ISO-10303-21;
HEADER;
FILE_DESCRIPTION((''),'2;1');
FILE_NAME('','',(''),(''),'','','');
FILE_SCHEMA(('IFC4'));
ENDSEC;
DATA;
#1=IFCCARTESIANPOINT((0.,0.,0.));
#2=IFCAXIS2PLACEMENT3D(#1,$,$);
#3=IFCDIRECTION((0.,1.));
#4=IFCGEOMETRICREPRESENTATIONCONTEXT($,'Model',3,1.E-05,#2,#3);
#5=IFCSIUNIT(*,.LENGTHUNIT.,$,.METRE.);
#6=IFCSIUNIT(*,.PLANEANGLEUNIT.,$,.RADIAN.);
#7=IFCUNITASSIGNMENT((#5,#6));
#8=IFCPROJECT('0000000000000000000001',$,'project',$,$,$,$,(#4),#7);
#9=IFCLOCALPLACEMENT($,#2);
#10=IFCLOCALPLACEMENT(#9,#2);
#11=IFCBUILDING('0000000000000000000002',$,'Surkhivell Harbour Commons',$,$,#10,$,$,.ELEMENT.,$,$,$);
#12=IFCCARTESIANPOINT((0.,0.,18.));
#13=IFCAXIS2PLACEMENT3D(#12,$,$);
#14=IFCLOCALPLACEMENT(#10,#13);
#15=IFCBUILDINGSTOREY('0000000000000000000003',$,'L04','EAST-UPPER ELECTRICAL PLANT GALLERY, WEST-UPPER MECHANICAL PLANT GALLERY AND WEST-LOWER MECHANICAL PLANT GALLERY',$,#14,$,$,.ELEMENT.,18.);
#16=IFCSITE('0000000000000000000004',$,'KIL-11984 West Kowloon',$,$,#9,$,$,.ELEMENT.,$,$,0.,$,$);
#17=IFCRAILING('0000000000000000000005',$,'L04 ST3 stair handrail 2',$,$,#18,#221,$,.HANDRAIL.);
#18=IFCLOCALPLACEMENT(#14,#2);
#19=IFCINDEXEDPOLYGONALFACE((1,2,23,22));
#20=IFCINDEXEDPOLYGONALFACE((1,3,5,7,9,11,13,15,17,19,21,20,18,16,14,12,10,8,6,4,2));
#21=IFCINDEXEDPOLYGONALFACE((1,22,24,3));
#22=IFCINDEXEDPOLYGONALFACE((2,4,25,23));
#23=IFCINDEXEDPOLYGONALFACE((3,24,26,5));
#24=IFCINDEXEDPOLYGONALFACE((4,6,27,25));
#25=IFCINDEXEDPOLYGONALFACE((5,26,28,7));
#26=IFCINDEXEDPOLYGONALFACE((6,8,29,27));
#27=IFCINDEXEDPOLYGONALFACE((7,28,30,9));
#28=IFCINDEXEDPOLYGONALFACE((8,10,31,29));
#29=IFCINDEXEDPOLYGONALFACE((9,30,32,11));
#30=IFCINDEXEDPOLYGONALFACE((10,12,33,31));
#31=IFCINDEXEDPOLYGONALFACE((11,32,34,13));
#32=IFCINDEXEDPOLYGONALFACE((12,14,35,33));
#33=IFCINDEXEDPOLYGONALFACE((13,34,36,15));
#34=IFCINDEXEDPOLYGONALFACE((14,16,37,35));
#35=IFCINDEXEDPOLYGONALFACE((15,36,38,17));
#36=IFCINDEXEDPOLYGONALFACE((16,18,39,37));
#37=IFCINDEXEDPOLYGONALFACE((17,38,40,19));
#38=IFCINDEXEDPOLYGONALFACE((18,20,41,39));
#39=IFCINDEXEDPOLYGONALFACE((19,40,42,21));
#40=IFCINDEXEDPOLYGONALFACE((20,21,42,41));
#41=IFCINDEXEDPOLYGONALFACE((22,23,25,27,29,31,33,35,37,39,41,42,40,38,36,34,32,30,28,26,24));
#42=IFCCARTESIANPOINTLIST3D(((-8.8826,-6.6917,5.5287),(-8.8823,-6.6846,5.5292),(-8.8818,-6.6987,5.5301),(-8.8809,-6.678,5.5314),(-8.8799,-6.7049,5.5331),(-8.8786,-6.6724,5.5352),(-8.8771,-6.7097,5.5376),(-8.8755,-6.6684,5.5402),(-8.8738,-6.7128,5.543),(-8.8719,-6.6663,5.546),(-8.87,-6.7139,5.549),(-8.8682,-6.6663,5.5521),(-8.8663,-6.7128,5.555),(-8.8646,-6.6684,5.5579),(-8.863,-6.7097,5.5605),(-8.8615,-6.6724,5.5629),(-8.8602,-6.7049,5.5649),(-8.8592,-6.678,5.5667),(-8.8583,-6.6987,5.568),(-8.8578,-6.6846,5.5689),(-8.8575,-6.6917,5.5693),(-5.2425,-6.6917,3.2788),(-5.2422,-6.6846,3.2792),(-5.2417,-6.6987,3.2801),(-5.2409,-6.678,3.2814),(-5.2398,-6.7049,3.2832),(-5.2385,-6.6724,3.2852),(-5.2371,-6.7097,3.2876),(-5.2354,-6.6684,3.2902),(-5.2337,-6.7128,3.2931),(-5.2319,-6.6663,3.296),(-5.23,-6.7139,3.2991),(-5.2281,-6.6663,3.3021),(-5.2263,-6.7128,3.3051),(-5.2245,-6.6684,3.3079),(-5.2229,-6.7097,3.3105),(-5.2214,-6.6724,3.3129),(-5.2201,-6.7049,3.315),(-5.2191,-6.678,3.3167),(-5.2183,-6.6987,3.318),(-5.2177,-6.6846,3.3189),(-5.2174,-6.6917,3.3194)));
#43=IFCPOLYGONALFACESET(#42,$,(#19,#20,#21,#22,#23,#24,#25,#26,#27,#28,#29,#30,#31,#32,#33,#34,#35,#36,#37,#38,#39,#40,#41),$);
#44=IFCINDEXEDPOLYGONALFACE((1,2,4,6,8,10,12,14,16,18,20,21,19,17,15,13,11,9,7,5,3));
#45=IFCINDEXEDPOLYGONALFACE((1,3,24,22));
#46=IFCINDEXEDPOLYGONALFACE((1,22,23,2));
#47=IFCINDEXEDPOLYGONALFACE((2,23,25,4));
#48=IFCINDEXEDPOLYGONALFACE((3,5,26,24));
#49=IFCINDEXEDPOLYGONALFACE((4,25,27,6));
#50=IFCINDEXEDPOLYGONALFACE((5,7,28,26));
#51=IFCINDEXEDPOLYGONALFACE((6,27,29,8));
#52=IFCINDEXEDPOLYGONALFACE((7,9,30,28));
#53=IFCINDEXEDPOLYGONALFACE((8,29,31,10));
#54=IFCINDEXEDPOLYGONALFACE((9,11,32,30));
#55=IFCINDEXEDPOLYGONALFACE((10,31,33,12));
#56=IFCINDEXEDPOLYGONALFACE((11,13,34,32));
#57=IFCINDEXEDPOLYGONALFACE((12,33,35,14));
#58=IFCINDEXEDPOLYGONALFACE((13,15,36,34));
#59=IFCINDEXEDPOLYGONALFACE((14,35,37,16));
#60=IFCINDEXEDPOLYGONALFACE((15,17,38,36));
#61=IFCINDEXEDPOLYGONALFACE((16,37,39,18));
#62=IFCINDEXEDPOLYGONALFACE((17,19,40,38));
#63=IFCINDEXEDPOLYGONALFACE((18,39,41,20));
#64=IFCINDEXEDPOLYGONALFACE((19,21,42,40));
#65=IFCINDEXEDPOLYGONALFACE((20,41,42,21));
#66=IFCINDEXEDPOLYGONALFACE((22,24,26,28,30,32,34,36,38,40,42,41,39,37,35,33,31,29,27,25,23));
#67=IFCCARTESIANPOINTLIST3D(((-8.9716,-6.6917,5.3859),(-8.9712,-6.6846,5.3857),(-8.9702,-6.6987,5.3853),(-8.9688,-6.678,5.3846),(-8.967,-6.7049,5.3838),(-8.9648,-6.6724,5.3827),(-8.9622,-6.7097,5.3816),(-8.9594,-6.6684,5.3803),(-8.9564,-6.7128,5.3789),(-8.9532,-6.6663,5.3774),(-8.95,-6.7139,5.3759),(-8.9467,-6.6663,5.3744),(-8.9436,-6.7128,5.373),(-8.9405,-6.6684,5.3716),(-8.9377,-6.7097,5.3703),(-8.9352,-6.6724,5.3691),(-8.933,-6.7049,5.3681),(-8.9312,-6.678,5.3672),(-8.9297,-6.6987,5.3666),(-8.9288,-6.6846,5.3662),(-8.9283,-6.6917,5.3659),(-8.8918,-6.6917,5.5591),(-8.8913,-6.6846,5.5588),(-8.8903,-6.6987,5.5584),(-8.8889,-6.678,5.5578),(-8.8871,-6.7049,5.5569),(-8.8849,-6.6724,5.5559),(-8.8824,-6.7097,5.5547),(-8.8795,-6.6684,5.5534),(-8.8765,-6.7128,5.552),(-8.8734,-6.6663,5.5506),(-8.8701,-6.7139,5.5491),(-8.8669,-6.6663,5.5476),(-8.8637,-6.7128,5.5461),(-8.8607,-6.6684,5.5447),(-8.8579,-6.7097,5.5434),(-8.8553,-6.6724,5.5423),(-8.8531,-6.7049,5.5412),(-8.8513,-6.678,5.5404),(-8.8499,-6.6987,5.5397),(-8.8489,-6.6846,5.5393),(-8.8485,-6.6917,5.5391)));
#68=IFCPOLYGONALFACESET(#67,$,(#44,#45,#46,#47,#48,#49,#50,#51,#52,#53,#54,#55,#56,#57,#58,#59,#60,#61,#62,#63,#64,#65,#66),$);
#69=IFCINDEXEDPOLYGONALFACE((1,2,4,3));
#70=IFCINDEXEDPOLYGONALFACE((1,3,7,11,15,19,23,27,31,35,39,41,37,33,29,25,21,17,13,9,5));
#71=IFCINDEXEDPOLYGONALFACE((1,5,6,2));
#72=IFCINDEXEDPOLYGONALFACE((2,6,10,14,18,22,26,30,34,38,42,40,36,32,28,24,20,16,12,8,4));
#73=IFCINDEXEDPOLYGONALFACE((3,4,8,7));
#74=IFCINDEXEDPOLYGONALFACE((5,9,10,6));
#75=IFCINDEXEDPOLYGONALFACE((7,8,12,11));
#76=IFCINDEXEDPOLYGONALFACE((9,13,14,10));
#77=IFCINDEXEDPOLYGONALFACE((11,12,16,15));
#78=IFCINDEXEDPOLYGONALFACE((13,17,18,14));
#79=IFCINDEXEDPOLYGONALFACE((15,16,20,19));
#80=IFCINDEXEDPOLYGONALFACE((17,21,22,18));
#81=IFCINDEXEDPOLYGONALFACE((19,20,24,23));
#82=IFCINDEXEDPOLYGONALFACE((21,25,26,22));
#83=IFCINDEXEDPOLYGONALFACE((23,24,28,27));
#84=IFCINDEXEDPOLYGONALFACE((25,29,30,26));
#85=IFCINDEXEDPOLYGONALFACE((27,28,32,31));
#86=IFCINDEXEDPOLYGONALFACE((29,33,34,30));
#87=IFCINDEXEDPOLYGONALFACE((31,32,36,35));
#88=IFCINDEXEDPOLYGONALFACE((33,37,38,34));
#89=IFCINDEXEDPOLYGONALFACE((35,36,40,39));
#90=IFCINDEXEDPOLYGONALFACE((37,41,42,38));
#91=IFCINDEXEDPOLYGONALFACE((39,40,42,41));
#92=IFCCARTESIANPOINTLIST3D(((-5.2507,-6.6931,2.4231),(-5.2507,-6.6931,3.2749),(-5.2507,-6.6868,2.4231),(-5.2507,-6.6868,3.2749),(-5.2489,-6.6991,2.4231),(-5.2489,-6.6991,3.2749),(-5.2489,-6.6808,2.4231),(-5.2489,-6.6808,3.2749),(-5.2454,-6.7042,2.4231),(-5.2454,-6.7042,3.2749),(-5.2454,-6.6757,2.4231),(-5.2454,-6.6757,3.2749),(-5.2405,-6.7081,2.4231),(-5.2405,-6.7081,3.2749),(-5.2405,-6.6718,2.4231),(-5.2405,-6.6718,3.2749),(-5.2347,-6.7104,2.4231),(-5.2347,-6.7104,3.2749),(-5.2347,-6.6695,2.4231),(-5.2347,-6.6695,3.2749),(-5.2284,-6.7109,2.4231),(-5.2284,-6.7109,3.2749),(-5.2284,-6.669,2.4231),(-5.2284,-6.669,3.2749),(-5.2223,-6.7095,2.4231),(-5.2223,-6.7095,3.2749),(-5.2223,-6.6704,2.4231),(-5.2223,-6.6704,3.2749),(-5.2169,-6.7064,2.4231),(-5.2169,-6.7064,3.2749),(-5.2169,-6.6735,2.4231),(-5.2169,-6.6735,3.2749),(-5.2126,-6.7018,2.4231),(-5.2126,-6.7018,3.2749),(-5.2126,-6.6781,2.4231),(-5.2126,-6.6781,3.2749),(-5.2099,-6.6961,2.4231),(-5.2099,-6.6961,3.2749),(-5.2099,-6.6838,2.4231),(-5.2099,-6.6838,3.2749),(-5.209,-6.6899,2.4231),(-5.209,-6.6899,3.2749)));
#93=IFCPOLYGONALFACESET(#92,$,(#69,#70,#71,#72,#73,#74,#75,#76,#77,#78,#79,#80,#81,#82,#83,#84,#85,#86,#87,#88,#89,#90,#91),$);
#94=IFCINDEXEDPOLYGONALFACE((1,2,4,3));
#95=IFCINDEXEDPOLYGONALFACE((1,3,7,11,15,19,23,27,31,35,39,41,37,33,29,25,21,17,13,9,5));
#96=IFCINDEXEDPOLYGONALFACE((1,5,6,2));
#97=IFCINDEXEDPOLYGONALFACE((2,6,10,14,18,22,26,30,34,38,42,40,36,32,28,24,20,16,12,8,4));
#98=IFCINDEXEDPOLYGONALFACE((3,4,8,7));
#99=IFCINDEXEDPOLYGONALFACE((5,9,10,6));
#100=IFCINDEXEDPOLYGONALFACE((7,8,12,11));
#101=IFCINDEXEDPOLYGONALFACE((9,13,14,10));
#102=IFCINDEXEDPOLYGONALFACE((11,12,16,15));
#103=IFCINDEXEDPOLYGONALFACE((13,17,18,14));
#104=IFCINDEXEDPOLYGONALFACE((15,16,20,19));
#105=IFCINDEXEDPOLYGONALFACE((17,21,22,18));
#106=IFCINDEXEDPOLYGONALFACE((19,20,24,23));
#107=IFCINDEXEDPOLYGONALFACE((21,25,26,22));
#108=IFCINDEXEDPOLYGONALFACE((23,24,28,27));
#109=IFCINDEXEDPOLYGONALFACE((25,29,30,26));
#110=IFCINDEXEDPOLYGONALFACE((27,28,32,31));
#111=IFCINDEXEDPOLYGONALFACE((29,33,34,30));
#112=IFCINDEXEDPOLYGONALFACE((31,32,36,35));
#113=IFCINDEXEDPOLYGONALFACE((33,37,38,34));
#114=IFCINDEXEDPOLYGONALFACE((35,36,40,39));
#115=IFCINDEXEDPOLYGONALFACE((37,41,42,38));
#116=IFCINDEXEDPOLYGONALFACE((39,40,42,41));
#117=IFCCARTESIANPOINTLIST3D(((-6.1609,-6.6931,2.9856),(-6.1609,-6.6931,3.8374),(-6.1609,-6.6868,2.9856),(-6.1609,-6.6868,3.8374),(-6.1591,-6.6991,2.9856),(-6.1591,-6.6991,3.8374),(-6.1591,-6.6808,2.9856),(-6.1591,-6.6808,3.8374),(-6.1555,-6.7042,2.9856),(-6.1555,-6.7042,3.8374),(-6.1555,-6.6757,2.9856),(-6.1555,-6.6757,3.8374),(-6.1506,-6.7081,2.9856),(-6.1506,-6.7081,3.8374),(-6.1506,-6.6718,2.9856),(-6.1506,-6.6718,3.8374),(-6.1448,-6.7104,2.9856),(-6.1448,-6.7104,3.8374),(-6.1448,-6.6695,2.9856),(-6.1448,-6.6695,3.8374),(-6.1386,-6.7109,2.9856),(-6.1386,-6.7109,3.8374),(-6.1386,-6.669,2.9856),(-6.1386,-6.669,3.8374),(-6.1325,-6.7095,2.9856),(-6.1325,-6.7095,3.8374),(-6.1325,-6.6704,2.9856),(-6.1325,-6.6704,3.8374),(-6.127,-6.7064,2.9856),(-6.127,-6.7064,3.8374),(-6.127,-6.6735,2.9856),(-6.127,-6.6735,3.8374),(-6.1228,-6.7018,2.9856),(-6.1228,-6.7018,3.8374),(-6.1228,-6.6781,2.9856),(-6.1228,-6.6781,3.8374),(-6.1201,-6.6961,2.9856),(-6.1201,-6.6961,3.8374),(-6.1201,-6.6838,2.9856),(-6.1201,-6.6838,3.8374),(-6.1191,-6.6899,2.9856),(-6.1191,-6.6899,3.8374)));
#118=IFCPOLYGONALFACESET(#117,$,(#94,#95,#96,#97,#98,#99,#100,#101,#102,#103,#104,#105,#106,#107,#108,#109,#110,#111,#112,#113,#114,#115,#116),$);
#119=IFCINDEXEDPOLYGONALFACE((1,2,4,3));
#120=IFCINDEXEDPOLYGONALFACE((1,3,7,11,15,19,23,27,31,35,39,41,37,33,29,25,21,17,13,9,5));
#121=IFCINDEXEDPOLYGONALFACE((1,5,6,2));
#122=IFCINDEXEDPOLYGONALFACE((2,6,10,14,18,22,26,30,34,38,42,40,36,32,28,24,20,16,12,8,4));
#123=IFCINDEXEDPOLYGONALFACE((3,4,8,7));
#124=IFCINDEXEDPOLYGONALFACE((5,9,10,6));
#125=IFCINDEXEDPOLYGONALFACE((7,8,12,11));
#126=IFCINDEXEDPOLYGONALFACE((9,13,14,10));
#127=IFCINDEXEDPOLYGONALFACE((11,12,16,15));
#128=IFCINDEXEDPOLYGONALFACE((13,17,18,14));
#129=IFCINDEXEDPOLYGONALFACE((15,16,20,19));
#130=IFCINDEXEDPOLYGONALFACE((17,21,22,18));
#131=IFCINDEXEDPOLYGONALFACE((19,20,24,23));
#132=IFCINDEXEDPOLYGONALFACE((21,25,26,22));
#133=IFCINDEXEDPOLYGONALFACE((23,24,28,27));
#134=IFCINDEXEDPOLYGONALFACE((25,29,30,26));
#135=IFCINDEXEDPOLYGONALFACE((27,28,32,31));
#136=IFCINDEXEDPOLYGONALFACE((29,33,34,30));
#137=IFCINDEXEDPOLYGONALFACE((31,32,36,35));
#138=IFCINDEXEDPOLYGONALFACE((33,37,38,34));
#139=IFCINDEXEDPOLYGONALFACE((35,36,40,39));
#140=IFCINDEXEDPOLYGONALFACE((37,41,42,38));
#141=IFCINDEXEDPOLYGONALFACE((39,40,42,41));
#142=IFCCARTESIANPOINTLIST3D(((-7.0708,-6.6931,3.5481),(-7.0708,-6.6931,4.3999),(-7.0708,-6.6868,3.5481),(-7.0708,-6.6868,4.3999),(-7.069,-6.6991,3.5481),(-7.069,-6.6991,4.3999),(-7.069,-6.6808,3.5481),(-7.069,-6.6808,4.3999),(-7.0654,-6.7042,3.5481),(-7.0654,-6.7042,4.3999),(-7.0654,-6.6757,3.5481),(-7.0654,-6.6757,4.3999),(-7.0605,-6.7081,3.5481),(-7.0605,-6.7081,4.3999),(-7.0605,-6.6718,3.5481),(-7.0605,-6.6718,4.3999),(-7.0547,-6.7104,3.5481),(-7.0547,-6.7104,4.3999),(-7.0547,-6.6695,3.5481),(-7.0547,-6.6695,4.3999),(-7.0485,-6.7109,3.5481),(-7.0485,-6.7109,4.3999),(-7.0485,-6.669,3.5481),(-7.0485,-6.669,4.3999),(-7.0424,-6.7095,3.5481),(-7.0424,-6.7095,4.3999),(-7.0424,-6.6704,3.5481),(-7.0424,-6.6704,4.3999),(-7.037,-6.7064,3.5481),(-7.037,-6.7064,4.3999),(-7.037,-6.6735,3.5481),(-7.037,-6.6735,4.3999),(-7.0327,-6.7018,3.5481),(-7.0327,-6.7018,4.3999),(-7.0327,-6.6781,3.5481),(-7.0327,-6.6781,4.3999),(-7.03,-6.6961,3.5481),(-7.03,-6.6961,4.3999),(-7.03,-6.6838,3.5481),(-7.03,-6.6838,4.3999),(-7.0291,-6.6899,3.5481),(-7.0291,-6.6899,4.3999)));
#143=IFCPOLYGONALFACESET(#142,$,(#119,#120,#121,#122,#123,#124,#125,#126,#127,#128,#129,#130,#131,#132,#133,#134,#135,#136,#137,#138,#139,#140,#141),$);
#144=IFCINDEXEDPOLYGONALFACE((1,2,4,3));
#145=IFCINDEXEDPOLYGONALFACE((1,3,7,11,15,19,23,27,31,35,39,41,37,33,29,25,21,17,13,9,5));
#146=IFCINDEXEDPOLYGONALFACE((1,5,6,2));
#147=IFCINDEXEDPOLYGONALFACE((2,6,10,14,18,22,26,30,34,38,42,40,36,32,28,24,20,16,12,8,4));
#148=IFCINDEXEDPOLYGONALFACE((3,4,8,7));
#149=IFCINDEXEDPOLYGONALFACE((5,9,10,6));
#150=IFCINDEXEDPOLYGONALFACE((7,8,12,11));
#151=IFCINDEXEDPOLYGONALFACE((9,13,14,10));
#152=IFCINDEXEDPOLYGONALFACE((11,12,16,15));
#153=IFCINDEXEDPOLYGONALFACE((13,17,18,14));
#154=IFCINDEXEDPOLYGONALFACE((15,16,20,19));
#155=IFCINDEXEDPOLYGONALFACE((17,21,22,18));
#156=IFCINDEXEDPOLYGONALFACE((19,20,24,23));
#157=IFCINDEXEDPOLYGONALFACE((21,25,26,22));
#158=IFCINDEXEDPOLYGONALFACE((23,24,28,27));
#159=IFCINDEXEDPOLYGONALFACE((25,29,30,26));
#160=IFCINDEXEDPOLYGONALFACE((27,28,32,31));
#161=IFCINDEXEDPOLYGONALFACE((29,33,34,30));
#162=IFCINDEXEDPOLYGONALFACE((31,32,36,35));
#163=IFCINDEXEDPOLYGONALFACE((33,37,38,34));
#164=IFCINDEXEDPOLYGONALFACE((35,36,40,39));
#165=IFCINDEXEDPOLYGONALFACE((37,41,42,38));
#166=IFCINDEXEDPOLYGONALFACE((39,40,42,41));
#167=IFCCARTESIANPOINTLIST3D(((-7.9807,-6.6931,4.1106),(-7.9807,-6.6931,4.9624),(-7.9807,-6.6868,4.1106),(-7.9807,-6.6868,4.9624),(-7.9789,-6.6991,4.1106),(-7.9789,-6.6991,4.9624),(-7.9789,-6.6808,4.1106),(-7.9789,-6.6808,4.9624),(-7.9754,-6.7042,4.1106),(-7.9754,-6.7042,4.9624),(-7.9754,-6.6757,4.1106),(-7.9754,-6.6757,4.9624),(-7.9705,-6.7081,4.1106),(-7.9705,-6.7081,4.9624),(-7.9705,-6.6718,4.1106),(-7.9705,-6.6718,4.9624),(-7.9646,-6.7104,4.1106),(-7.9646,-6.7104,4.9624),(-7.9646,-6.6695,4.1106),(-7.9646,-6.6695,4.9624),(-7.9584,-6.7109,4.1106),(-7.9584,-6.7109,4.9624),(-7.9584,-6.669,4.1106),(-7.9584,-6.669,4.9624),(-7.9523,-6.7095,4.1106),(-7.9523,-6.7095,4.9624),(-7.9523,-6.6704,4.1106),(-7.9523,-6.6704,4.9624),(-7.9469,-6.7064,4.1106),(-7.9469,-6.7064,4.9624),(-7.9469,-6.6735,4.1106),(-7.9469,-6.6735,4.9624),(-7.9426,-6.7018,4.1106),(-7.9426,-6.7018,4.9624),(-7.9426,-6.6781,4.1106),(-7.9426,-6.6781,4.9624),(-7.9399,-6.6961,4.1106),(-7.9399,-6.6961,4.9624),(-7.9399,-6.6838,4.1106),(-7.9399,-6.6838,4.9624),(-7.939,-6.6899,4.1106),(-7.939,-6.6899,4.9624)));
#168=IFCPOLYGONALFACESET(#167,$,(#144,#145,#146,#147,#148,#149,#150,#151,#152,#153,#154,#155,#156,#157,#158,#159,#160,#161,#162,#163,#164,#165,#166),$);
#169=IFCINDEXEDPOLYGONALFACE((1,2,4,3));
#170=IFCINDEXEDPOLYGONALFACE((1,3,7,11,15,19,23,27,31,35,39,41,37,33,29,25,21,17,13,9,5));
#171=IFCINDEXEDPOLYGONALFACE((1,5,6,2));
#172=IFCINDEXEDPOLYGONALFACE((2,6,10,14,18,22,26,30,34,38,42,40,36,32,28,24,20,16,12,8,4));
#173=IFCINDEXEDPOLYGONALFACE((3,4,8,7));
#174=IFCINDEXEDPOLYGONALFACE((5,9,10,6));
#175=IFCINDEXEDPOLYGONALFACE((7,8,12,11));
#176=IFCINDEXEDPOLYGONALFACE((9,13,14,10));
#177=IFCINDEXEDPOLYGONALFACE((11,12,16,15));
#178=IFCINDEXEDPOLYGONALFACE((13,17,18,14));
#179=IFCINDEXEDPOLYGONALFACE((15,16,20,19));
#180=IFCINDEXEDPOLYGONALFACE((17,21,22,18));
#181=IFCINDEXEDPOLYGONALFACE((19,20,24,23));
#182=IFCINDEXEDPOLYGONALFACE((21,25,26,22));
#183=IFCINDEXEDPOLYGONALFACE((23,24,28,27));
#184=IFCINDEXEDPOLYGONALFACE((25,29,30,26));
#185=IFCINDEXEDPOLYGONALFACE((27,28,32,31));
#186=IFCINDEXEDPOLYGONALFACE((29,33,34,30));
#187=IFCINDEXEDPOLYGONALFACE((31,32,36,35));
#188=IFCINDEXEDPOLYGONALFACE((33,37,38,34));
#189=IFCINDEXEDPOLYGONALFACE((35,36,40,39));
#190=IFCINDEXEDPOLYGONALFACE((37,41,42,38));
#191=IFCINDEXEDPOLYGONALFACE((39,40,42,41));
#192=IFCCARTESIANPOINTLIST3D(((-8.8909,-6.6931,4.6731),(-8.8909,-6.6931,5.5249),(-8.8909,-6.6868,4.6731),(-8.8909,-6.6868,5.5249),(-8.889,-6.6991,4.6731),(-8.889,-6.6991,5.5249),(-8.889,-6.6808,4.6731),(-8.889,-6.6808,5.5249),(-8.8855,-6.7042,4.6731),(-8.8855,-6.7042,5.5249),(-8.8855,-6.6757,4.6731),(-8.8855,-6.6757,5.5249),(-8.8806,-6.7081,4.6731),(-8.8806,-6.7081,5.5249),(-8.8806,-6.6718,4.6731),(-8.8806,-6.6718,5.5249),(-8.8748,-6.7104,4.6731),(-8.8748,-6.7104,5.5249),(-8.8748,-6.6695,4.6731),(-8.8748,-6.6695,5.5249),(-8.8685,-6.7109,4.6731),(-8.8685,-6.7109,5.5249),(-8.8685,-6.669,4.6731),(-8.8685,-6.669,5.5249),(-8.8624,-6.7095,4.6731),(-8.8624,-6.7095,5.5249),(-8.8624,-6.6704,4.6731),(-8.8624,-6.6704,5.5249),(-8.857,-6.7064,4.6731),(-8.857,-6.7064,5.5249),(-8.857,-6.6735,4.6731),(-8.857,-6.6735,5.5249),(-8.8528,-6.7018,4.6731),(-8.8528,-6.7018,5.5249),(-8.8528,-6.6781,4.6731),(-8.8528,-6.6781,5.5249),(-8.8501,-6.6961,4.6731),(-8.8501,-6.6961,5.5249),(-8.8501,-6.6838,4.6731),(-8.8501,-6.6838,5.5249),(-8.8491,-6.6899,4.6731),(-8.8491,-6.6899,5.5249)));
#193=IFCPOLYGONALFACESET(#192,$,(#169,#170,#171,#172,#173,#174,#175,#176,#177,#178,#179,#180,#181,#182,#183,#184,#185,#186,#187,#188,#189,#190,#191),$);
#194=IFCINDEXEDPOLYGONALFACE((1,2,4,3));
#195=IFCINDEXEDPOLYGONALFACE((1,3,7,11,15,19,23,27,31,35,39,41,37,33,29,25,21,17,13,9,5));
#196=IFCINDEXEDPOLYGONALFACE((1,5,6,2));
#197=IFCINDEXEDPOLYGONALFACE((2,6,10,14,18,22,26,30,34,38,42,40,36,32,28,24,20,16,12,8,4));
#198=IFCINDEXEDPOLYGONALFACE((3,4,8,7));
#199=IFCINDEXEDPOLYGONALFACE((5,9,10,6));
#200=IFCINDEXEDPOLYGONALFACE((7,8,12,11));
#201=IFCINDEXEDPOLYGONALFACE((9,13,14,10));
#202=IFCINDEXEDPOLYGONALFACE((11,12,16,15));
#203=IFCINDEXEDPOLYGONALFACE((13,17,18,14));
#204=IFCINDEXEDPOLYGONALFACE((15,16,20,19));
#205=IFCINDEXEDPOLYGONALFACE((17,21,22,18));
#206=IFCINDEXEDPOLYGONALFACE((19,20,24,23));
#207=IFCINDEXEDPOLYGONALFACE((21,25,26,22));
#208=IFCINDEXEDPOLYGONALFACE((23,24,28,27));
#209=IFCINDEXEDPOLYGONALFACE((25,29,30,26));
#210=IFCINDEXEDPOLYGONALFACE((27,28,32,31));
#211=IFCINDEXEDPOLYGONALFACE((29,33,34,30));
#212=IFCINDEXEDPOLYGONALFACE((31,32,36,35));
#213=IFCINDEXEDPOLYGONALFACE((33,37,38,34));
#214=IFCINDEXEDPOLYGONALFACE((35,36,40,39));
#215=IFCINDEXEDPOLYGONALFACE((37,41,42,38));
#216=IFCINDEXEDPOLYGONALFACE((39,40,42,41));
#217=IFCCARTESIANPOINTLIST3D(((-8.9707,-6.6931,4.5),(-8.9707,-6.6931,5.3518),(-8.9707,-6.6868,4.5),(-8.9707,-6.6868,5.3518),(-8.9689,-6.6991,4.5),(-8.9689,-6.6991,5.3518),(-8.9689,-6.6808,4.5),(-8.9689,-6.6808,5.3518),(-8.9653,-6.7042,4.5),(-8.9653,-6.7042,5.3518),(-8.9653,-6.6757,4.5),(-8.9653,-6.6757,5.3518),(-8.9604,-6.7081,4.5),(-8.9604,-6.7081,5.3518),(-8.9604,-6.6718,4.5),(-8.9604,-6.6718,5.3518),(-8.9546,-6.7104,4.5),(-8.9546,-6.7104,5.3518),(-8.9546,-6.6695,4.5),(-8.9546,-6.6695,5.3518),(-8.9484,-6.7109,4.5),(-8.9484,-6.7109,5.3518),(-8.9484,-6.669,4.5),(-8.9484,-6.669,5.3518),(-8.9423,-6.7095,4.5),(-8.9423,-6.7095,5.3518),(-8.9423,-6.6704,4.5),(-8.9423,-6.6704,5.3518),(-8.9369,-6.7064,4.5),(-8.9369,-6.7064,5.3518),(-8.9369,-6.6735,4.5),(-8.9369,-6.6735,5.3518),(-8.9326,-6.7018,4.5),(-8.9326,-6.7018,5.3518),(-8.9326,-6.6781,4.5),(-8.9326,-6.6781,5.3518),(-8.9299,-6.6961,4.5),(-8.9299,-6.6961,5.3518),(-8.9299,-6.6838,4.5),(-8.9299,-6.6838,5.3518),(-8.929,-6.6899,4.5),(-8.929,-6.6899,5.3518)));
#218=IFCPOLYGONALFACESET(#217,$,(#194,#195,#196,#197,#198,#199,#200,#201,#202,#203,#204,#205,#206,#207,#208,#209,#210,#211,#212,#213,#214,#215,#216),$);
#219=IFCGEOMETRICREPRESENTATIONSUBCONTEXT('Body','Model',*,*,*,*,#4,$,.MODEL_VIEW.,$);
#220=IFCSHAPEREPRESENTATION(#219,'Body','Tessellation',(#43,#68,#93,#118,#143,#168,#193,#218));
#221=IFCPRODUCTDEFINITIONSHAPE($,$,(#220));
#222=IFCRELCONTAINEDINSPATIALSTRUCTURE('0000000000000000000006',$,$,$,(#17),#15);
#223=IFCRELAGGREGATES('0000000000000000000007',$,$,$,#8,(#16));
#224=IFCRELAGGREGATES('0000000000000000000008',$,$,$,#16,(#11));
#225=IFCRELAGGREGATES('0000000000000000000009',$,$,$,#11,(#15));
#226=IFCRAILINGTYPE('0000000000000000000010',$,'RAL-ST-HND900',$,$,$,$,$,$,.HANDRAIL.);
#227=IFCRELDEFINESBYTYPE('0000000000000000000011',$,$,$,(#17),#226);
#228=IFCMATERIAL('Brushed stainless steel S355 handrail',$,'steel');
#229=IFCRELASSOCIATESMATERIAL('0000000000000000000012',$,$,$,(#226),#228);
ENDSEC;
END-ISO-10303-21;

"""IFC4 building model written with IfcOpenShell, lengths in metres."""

from ifc_helpers import new_model, si_unit, direction, frame, origin, origin_2d, place, context, subcontext, project, spatial, circle, extrude, material, type_object, element, save


model = new_model("IFC4")

# Units and contexts
model_context = context("Model", 3, precision=1e-05, world=origin(), true_north=direction((0.0, 1.0)))
body_context = subcontext(model_context, "Body", "Model", "MODEL_VIEW")
ifc_project = project(units=[si_unit("LENGTHUNIT", "METRE"), si_unit("PLANEANGLEUNIT", "RADIAN")], contexts=[model_context])

# Site, building, storey
site_placement = place(None, origin())
site = spatial("IfcSite", under=ifc_project, at=site_placement, Name="KIL-11984 West Kowloon", CompositionType="ELEMENT", RefElevation=0.0)
building_placement = place(site_placement, origin())
building = spatial("IfcBuilding", under=site, at=building_placement, Name="Surkhivell Harbour Commons", CompositionType="ELEMENT")
storey_placement = place(building_placement, frame((0.0, 0.0, 18.0)))
storey = spatial("IfcBuildingStorey", under=building, at=storey_placement, Name="L04", Description="EAST-UPPER ELECTRICAL PLANT GALLERY, WEST-UPPER MECHANICAL PLANT GALLERY AND WEST-LOWER MECHANICAL PLANT GALLERY", CompositionType="ELEMENT", Elevation=18.0)

# Railing
ifc_material_1 = material(Name="Brushed stainless steel S355 handrail", Category="steel")
railing_type_1 = type_object("IfcRailingType", Name="RAL-ST-HND900", PredefinedType="HANDRAIL", material=ifc_material_1)
railing_1_placement = place(storey_placement, frame((-5.23, -6.6899, 2.4231)))
element("IfcRailing", 1, at=railing_1_placement, inside=storey, type_object=railing_type_1, Name="L04 ST3 stair handrail 2", PredefinedType="HANDRAIL", context=body_context, shape_type="SweptSolid", body=[
    extrude(circle(Radius=0.0239, at=origin_2d()), frame((0.0, 0.0, 0.876), z_axis=(-0.850622, 0.0, 0.525777), x_axis=(0.0, -1.0, 0.0)), (0.0, 0.0, 1.0), 4.2793),
    extrude(circle(Radius=0.0239, at=origin_2d()), frame((-3.6401, 0.0, 3.126), z_axis=(-0.418815, 0.0, -0.908072), x_axis=(0.0, -1.0, 0.0)), (0.0, 0.0, 1.0), 0.1907),
    extrude(circle(Radius=0.021, at=origin_2d()), origin(), (0.0, 0.0, 1.0), 0.8518),
    extrude(circle(Radius=0.021, at=origin_2d()), frame((-0.9102, 0.0, 0.5625)), (0.0, 0.0, 1.0), 0.8518),
    extrude(circle(Radius=0.021, at=origin_2d()), frame((-1.8201, 0.0, 1.125)), (0.0, 0.0, 1.0), 0.8518),
    extrude(circle(Radius=0.021, at=origin_2d()), frame((-2.73, 0.0, 1.6875)), (0.0, 0.0, 1.0), 0.8518),
    extrude(circle(Radius=0.021, at=origin_2d()), frame((-3.6401, 0.0, 2.25)), (0.0, 0.0, 1.0), 0.8518),
    extrude(circle(Radius=0.021, at=origin_2d()), frame((-3.72, 0.0, 2.0769)), (0.0, 0.0, 1.0), 0.8518),
])

save(model, "model.ifc")
